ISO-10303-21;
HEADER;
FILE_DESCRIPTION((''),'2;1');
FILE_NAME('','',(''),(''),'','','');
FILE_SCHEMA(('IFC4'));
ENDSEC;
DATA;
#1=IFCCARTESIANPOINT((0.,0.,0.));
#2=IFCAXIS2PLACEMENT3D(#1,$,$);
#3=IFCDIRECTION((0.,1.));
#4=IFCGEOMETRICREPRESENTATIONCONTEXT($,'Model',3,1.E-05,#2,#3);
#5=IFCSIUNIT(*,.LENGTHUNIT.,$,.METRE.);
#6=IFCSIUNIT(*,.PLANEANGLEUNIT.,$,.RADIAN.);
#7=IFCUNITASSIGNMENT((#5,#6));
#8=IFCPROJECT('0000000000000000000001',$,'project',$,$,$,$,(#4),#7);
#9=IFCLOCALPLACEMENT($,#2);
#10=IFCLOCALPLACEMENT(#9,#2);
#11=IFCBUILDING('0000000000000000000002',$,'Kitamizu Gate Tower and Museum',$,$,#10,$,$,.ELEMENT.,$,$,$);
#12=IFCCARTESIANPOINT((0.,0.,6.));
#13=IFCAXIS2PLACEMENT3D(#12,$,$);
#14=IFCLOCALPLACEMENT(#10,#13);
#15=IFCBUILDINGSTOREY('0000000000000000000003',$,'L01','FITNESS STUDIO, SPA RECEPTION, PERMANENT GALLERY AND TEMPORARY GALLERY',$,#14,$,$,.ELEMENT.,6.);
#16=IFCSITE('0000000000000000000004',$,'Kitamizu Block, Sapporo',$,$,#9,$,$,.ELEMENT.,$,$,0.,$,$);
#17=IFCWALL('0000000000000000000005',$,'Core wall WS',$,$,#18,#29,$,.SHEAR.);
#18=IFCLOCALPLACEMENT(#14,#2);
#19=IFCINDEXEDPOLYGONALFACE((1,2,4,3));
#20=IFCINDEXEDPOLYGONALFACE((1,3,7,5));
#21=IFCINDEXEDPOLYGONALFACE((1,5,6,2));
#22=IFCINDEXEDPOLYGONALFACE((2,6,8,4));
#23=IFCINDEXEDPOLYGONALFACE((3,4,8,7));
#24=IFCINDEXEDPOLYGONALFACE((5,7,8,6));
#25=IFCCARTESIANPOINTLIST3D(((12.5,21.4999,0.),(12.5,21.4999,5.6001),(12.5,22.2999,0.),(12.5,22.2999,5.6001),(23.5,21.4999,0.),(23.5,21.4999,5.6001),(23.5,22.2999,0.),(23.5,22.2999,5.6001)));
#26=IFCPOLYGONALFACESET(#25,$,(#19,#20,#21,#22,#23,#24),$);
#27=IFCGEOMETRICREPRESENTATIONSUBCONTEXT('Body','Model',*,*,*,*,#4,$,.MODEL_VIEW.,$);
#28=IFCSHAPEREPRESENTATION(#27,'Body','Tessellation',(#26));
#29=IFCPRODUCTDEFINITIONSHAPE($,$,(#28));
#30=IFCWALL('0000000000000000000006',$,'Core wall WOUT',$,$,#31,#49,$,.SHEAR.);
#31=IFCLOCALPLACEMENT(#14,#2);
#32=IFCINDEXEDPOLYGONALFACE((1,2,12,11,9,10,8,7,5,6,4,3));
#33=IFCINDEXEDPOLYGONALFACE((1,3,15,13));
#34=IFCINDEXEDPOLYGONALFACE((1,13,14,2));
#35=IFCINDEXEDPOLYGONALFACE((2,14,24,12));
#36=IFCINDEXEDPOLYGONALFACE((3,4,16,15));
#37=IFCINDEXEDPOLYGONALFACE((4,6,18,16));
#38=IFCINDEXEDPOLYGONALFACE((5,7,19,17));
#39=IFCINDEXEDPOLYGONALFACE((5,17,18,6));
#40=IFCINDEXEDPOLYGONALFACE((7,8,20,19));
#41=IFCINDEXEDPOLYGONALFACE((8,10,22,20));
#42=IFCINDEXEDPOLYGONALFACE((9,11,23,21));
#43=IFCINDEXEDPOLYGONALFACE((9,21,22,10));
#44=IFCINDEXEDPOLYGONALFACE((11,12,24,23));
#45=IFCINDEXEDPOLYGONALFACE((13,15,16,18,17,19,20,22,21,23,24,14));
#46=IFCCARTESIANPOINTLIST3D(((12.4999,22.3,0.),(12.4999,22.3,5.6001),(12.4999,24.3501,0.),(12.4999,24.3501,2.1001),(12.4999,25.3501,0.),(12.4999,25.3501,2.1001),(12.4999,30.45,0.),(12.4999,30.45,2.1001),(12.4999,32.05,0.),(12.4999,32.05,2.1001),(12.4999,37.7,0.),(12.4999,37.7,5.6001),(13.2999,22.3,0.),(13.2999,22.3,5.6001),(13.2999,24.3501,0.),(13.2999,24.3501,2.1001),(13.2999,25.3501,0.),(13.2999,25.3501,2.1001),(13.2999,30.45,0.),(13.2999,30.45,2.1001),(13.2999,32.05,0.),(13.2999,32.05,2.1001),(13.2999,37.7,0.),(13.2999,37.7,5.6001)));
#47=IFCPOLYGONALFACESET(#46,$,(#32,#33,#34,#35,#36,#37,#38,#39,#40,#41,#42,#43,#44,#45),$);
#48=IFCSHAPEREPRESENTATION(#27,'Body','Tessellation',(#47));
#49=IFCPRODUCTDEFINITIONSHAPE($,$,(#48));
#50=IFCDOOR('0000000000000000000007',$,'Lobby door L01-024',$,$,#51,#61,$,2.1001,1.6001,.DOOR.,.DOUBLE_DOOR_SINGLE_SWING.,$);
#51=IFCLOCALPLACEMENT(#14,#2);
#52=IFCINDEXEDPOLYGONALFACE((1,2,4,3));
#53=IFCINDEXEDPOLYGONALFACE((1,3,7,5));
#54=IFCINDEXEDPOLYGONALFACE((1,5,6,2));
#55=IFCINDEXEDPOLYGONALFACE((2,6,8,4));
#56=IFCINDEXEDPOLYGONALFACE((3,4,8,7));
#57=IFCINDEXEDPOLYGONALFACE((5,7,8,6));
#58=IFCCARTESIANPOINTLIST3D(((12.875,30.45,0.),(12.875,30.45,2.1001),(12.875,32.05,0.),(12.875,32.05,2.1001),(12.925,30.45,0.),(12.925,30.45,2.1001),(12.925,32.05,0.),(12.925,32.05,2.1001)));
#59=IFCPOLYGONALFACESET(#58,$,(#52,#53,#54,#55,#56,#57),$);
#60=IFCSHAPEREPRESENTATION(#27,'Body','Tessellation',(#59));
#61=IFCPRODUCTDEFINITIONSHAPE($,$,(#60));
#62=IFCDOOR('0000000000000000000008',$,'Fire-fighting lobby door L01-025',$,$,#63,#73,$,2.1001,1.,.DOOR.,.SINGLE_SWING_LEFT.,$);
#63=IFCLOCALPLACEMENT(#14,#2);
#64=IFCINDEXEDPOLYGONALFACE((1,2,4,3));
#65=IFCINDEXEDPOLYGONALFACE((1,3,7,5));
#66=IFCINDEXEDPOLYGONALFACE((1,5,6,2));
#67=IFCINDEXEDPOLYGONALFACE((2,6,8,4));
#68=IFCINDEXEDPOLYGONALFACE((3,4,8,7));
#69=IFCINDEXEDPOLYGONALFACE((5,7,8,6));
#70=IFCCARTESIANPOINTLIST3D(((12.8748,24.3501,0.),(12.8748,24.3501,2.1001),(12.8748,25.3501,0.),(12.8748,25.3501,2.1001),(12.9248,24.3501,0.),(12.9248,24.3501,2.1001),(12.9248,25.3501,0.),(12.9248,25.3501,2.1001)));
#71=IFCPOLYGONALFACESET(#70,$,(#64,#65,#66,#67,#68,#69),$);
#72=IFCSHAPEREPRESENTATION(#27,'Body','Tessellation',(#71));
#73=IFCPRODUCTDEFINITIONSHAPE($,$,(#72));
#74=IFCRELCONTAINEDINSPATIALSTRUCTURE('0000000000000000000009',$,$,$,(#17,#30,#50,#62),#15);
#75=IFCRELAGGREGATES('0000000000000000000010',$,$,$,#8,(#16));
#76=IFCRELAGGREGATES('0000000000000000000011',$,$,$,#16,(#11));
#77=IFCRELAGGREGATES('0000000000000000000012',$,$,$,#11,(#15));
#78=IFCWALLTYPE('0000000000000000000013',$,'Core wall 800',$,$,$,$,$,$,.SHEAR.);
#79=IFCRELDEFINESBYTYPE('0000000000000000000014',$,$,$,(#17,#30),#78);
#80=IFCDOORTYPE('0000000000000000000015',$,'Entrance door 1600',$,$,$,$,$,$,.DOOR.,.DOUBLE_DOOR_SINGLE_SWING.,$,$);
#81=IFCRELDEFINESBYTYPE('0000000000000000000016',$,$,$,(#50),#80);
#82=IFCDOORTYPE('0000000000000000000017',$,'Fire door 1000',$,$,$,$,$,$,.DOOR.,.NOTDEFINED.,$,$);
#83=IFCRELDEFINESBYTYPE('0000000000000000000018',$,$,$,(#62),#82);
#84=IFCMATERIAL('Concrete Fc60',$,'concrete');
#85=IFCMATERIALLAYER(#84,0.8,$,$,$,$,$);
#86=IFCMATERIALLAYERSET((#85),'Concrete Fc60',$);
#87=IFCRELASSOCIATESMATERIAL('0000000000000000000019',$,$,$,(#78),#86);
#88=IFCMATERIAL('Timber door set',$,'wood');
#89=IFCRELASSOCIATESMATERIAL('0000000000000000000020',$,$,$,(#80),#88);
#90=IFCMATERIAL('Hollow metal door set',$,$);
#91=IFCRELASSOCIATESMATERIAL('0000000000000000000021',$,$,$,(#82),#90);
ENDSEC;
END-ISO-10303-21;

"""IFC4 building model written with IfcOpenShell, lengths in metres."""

from ifc_helpers import new_model, si_unit, direction, frame, frame_2d, origin, place, context, subcontext, project, spatial, rectangle, extrude, material, layer, layer_set, type_object, element, fill, save


model = new_model("IFC4")

# Units and contexts
model_context = context("Model", 3, precision=1e-05, world=origin(), true_north=direction((0.0, 1.0)))
body_context = subcontext(model_context, "Body", "Model", "MODEL_VIEW")
ifc_project = project(units=[si_unit("LENGTHUNIT", "METRE"), si_unit("PLANEANGLEUNIT", "RADIAN")], contexts=[model_context])

# Site, building, storey
site_placement = place(None, origin())
site = spatial("IfcSite", under=ifc_project, at=site_placement, Name="Kitamizu Block, Sapporo", CompositionType="ELEMENT", RefElevation=0.0)
building_placement = place(site_placement, origin())
building = spatial("IfcBuilding", under=site, at=building_placement, Name="Kitamizu Gate Tower and Museum", CompositionType="ELEMENT")
storey_placement = place(building_placement, frame((0.0, 0.0, 6.0)))
storey = spatial("IfcBuildingStorey", under=building, at=storey_placement, Name="L01", Description="FITNESS STUDIO, SPA RECEPTION, PERMANENT GALLERY AND TEMPORARY GALLERY", CompositionType="ELEMENT", Elevation=6.0)

# Wall
ifc_material_1 = material(Name="Concrete Fc60", Category="concrete")
ifc_layer_1 = layer(ifc_material_1, 0.8)
ifc_layer_set_1 = layer_set([ifc_layer_1], Name="Concrete Fc60")
wall_type_1 = type_object("IfcWallType", Name="Core wall 800", PredefinedType="SHEAR", material=ifc_layer_set_1)
wall_1_placement = place(storey_placement, frame((12.5, 21.8999, 0.0), z_axis=(0.0, 0.0, 1.0), x_axis=(1.0, 0.0, 0.0)))
element("IfcWall", 1, at=wall_1_placement, inside=storey, type_object=wall_type_1, Name="Core wall WS", PredefinedType="SHEAR", context=body_context, shape_type="SweptSolid", body=[
    extrude(rectangle(XDim=11.0, YDim=0.8, at=frame_2d((5.5, 0.0))), origin(), (0.0, 0.0, 1.0), 5.6001),
])

# Wall, openings, doors
wall_2_placement = place(storey_placement, frame((12.8999, 22.3, 0.0), z_axis=(0.0, 0.0, 1.0), x_axis=(0.0, 1.0, 0.0)))
wall_2 = element("IfcWall", 2, at=wall_2_placement, inside=storey, type_object=wall_type_1, Name="Core wall WOUT", PredefinedType="SHEAR", context=body_context, shape_type="SweptSolid", body=[
    extrude(rectangle(XDim=15.3999, YDim=0.8, at=frame_2d((7.7, 0.0))), origin(), (0.0, 0.0, 1.0), 5.6001),
])
opening_1_placement = place(wall_2_placement, frame((8.1499, 0.0, 0.0)))
opening_1 = element("IfcOpeningElement", 3, at=opening_1_placement, cuts=wall_2, PredefinedType="OPENING", context=body_context, shape_type="SweptSolid", body=[
    extrude(rectangle(XDim=1.6001, YDim=2.1001, at=frame_2d((0.8, 1.05))), frame((0.0, 0.4102, 0.0), z_axis=(0.0, -1.0, 0.0), x_axis=(1.0, 0.0, 0.0)), (0.0, 0.0, 1.0), 0.8201),
])
opening_2_placement = place(wall_2_placement, frame((2.05, 0.0, 0.0)))
opening_2 = element("IfcOpeningElement", 4, at=opening_2_placement, cuts=wall_2, PredefinedType="OPENING", context=body_context, shape_type="SweptSolid", body=[
    extrude(rectangle(XDim=1.0, YDim=2.1001, at=frame_2d((0.5, 1.05))), frame((0.0, 0.4102, 0.0), z_axis=(0.0, -1.0, 0.0), x_axis=(1.0, 0.0, 0.0)), (0.0, 0.0, 1.0), 0.8201),
])
ifc_material_2 = material(Name="Timber door set", Category="wood")
door_type_1 = type_object("IfcDoorType", Name="Entrance door 1600", OperationType="DOUBLE_DOOR_SINGLE_SWING", PredefinedType="DOOR", material=ifc_material_2)
door_1_placement = place(opening_1_placement, origin())
door_1 = element("IfcDoor", 5, at=door_1_placement, inside=storey, type_object=door_type_1, Name="Lobby door L01-024", OperationType="DOUBLE_DOOR_SINGLE_SWING", OverallHeight=2.1001, OverallWidth=1.6001, PredefinedType="DOOR", context=body_context, shape_type="SweptSolid", body=[
    extrude(rectangle(XDim=1.6001, YDim=2.1001, at=frame_2d((0.8, 1.05))), frame((0.0, 0.0249, 0.0), z_axis=(0.0, -1.0, 0.0), x_axis=(1.0, 0.0, 0.0)), (0.0, 0.0, 1.0), 0.05),
])
fill(opening_1, door_1)
ifc_material_3 = material(Name="Hollow metal door set")
door_type_2 = type_object("IfcDoorType", Name="Fire door 1000", OperationType="NOTDEFINED", PredefinedType="DOOR", material=ifc_material_3)
door_2_placement = place(opening_2_placement, frame((1.0, 0.0, 0.0), x_axis=(-1.0, 0.0, 0.0)))
door_2 = element("IfcDoor", 6, at=door_2_placement, inside=storey, type_object=door_type_2, Name="Fire-fighting lobby door L01-025", OperationType="SINGLE_SWING_LEFT", OverallHeight=2.1001, OverallWidth=1.0, PredefinedType="DOOR", context=body_context, shape_type="SweptSolid", body=[
    extrude(rectangle(XDim=1.0, YDim=2.1001, at=frame_2d((0.5, 1.05))), frame((0.0, 0.0249, 0.0), z_axis=(0.0, -1.0, 0.0), x_axis=(1.0, 0.0, 0.0)), (0.0, 0.0, 1.0), 0.05),
])
fill(opening_2, door_2)

save(model, "model.ifc")
